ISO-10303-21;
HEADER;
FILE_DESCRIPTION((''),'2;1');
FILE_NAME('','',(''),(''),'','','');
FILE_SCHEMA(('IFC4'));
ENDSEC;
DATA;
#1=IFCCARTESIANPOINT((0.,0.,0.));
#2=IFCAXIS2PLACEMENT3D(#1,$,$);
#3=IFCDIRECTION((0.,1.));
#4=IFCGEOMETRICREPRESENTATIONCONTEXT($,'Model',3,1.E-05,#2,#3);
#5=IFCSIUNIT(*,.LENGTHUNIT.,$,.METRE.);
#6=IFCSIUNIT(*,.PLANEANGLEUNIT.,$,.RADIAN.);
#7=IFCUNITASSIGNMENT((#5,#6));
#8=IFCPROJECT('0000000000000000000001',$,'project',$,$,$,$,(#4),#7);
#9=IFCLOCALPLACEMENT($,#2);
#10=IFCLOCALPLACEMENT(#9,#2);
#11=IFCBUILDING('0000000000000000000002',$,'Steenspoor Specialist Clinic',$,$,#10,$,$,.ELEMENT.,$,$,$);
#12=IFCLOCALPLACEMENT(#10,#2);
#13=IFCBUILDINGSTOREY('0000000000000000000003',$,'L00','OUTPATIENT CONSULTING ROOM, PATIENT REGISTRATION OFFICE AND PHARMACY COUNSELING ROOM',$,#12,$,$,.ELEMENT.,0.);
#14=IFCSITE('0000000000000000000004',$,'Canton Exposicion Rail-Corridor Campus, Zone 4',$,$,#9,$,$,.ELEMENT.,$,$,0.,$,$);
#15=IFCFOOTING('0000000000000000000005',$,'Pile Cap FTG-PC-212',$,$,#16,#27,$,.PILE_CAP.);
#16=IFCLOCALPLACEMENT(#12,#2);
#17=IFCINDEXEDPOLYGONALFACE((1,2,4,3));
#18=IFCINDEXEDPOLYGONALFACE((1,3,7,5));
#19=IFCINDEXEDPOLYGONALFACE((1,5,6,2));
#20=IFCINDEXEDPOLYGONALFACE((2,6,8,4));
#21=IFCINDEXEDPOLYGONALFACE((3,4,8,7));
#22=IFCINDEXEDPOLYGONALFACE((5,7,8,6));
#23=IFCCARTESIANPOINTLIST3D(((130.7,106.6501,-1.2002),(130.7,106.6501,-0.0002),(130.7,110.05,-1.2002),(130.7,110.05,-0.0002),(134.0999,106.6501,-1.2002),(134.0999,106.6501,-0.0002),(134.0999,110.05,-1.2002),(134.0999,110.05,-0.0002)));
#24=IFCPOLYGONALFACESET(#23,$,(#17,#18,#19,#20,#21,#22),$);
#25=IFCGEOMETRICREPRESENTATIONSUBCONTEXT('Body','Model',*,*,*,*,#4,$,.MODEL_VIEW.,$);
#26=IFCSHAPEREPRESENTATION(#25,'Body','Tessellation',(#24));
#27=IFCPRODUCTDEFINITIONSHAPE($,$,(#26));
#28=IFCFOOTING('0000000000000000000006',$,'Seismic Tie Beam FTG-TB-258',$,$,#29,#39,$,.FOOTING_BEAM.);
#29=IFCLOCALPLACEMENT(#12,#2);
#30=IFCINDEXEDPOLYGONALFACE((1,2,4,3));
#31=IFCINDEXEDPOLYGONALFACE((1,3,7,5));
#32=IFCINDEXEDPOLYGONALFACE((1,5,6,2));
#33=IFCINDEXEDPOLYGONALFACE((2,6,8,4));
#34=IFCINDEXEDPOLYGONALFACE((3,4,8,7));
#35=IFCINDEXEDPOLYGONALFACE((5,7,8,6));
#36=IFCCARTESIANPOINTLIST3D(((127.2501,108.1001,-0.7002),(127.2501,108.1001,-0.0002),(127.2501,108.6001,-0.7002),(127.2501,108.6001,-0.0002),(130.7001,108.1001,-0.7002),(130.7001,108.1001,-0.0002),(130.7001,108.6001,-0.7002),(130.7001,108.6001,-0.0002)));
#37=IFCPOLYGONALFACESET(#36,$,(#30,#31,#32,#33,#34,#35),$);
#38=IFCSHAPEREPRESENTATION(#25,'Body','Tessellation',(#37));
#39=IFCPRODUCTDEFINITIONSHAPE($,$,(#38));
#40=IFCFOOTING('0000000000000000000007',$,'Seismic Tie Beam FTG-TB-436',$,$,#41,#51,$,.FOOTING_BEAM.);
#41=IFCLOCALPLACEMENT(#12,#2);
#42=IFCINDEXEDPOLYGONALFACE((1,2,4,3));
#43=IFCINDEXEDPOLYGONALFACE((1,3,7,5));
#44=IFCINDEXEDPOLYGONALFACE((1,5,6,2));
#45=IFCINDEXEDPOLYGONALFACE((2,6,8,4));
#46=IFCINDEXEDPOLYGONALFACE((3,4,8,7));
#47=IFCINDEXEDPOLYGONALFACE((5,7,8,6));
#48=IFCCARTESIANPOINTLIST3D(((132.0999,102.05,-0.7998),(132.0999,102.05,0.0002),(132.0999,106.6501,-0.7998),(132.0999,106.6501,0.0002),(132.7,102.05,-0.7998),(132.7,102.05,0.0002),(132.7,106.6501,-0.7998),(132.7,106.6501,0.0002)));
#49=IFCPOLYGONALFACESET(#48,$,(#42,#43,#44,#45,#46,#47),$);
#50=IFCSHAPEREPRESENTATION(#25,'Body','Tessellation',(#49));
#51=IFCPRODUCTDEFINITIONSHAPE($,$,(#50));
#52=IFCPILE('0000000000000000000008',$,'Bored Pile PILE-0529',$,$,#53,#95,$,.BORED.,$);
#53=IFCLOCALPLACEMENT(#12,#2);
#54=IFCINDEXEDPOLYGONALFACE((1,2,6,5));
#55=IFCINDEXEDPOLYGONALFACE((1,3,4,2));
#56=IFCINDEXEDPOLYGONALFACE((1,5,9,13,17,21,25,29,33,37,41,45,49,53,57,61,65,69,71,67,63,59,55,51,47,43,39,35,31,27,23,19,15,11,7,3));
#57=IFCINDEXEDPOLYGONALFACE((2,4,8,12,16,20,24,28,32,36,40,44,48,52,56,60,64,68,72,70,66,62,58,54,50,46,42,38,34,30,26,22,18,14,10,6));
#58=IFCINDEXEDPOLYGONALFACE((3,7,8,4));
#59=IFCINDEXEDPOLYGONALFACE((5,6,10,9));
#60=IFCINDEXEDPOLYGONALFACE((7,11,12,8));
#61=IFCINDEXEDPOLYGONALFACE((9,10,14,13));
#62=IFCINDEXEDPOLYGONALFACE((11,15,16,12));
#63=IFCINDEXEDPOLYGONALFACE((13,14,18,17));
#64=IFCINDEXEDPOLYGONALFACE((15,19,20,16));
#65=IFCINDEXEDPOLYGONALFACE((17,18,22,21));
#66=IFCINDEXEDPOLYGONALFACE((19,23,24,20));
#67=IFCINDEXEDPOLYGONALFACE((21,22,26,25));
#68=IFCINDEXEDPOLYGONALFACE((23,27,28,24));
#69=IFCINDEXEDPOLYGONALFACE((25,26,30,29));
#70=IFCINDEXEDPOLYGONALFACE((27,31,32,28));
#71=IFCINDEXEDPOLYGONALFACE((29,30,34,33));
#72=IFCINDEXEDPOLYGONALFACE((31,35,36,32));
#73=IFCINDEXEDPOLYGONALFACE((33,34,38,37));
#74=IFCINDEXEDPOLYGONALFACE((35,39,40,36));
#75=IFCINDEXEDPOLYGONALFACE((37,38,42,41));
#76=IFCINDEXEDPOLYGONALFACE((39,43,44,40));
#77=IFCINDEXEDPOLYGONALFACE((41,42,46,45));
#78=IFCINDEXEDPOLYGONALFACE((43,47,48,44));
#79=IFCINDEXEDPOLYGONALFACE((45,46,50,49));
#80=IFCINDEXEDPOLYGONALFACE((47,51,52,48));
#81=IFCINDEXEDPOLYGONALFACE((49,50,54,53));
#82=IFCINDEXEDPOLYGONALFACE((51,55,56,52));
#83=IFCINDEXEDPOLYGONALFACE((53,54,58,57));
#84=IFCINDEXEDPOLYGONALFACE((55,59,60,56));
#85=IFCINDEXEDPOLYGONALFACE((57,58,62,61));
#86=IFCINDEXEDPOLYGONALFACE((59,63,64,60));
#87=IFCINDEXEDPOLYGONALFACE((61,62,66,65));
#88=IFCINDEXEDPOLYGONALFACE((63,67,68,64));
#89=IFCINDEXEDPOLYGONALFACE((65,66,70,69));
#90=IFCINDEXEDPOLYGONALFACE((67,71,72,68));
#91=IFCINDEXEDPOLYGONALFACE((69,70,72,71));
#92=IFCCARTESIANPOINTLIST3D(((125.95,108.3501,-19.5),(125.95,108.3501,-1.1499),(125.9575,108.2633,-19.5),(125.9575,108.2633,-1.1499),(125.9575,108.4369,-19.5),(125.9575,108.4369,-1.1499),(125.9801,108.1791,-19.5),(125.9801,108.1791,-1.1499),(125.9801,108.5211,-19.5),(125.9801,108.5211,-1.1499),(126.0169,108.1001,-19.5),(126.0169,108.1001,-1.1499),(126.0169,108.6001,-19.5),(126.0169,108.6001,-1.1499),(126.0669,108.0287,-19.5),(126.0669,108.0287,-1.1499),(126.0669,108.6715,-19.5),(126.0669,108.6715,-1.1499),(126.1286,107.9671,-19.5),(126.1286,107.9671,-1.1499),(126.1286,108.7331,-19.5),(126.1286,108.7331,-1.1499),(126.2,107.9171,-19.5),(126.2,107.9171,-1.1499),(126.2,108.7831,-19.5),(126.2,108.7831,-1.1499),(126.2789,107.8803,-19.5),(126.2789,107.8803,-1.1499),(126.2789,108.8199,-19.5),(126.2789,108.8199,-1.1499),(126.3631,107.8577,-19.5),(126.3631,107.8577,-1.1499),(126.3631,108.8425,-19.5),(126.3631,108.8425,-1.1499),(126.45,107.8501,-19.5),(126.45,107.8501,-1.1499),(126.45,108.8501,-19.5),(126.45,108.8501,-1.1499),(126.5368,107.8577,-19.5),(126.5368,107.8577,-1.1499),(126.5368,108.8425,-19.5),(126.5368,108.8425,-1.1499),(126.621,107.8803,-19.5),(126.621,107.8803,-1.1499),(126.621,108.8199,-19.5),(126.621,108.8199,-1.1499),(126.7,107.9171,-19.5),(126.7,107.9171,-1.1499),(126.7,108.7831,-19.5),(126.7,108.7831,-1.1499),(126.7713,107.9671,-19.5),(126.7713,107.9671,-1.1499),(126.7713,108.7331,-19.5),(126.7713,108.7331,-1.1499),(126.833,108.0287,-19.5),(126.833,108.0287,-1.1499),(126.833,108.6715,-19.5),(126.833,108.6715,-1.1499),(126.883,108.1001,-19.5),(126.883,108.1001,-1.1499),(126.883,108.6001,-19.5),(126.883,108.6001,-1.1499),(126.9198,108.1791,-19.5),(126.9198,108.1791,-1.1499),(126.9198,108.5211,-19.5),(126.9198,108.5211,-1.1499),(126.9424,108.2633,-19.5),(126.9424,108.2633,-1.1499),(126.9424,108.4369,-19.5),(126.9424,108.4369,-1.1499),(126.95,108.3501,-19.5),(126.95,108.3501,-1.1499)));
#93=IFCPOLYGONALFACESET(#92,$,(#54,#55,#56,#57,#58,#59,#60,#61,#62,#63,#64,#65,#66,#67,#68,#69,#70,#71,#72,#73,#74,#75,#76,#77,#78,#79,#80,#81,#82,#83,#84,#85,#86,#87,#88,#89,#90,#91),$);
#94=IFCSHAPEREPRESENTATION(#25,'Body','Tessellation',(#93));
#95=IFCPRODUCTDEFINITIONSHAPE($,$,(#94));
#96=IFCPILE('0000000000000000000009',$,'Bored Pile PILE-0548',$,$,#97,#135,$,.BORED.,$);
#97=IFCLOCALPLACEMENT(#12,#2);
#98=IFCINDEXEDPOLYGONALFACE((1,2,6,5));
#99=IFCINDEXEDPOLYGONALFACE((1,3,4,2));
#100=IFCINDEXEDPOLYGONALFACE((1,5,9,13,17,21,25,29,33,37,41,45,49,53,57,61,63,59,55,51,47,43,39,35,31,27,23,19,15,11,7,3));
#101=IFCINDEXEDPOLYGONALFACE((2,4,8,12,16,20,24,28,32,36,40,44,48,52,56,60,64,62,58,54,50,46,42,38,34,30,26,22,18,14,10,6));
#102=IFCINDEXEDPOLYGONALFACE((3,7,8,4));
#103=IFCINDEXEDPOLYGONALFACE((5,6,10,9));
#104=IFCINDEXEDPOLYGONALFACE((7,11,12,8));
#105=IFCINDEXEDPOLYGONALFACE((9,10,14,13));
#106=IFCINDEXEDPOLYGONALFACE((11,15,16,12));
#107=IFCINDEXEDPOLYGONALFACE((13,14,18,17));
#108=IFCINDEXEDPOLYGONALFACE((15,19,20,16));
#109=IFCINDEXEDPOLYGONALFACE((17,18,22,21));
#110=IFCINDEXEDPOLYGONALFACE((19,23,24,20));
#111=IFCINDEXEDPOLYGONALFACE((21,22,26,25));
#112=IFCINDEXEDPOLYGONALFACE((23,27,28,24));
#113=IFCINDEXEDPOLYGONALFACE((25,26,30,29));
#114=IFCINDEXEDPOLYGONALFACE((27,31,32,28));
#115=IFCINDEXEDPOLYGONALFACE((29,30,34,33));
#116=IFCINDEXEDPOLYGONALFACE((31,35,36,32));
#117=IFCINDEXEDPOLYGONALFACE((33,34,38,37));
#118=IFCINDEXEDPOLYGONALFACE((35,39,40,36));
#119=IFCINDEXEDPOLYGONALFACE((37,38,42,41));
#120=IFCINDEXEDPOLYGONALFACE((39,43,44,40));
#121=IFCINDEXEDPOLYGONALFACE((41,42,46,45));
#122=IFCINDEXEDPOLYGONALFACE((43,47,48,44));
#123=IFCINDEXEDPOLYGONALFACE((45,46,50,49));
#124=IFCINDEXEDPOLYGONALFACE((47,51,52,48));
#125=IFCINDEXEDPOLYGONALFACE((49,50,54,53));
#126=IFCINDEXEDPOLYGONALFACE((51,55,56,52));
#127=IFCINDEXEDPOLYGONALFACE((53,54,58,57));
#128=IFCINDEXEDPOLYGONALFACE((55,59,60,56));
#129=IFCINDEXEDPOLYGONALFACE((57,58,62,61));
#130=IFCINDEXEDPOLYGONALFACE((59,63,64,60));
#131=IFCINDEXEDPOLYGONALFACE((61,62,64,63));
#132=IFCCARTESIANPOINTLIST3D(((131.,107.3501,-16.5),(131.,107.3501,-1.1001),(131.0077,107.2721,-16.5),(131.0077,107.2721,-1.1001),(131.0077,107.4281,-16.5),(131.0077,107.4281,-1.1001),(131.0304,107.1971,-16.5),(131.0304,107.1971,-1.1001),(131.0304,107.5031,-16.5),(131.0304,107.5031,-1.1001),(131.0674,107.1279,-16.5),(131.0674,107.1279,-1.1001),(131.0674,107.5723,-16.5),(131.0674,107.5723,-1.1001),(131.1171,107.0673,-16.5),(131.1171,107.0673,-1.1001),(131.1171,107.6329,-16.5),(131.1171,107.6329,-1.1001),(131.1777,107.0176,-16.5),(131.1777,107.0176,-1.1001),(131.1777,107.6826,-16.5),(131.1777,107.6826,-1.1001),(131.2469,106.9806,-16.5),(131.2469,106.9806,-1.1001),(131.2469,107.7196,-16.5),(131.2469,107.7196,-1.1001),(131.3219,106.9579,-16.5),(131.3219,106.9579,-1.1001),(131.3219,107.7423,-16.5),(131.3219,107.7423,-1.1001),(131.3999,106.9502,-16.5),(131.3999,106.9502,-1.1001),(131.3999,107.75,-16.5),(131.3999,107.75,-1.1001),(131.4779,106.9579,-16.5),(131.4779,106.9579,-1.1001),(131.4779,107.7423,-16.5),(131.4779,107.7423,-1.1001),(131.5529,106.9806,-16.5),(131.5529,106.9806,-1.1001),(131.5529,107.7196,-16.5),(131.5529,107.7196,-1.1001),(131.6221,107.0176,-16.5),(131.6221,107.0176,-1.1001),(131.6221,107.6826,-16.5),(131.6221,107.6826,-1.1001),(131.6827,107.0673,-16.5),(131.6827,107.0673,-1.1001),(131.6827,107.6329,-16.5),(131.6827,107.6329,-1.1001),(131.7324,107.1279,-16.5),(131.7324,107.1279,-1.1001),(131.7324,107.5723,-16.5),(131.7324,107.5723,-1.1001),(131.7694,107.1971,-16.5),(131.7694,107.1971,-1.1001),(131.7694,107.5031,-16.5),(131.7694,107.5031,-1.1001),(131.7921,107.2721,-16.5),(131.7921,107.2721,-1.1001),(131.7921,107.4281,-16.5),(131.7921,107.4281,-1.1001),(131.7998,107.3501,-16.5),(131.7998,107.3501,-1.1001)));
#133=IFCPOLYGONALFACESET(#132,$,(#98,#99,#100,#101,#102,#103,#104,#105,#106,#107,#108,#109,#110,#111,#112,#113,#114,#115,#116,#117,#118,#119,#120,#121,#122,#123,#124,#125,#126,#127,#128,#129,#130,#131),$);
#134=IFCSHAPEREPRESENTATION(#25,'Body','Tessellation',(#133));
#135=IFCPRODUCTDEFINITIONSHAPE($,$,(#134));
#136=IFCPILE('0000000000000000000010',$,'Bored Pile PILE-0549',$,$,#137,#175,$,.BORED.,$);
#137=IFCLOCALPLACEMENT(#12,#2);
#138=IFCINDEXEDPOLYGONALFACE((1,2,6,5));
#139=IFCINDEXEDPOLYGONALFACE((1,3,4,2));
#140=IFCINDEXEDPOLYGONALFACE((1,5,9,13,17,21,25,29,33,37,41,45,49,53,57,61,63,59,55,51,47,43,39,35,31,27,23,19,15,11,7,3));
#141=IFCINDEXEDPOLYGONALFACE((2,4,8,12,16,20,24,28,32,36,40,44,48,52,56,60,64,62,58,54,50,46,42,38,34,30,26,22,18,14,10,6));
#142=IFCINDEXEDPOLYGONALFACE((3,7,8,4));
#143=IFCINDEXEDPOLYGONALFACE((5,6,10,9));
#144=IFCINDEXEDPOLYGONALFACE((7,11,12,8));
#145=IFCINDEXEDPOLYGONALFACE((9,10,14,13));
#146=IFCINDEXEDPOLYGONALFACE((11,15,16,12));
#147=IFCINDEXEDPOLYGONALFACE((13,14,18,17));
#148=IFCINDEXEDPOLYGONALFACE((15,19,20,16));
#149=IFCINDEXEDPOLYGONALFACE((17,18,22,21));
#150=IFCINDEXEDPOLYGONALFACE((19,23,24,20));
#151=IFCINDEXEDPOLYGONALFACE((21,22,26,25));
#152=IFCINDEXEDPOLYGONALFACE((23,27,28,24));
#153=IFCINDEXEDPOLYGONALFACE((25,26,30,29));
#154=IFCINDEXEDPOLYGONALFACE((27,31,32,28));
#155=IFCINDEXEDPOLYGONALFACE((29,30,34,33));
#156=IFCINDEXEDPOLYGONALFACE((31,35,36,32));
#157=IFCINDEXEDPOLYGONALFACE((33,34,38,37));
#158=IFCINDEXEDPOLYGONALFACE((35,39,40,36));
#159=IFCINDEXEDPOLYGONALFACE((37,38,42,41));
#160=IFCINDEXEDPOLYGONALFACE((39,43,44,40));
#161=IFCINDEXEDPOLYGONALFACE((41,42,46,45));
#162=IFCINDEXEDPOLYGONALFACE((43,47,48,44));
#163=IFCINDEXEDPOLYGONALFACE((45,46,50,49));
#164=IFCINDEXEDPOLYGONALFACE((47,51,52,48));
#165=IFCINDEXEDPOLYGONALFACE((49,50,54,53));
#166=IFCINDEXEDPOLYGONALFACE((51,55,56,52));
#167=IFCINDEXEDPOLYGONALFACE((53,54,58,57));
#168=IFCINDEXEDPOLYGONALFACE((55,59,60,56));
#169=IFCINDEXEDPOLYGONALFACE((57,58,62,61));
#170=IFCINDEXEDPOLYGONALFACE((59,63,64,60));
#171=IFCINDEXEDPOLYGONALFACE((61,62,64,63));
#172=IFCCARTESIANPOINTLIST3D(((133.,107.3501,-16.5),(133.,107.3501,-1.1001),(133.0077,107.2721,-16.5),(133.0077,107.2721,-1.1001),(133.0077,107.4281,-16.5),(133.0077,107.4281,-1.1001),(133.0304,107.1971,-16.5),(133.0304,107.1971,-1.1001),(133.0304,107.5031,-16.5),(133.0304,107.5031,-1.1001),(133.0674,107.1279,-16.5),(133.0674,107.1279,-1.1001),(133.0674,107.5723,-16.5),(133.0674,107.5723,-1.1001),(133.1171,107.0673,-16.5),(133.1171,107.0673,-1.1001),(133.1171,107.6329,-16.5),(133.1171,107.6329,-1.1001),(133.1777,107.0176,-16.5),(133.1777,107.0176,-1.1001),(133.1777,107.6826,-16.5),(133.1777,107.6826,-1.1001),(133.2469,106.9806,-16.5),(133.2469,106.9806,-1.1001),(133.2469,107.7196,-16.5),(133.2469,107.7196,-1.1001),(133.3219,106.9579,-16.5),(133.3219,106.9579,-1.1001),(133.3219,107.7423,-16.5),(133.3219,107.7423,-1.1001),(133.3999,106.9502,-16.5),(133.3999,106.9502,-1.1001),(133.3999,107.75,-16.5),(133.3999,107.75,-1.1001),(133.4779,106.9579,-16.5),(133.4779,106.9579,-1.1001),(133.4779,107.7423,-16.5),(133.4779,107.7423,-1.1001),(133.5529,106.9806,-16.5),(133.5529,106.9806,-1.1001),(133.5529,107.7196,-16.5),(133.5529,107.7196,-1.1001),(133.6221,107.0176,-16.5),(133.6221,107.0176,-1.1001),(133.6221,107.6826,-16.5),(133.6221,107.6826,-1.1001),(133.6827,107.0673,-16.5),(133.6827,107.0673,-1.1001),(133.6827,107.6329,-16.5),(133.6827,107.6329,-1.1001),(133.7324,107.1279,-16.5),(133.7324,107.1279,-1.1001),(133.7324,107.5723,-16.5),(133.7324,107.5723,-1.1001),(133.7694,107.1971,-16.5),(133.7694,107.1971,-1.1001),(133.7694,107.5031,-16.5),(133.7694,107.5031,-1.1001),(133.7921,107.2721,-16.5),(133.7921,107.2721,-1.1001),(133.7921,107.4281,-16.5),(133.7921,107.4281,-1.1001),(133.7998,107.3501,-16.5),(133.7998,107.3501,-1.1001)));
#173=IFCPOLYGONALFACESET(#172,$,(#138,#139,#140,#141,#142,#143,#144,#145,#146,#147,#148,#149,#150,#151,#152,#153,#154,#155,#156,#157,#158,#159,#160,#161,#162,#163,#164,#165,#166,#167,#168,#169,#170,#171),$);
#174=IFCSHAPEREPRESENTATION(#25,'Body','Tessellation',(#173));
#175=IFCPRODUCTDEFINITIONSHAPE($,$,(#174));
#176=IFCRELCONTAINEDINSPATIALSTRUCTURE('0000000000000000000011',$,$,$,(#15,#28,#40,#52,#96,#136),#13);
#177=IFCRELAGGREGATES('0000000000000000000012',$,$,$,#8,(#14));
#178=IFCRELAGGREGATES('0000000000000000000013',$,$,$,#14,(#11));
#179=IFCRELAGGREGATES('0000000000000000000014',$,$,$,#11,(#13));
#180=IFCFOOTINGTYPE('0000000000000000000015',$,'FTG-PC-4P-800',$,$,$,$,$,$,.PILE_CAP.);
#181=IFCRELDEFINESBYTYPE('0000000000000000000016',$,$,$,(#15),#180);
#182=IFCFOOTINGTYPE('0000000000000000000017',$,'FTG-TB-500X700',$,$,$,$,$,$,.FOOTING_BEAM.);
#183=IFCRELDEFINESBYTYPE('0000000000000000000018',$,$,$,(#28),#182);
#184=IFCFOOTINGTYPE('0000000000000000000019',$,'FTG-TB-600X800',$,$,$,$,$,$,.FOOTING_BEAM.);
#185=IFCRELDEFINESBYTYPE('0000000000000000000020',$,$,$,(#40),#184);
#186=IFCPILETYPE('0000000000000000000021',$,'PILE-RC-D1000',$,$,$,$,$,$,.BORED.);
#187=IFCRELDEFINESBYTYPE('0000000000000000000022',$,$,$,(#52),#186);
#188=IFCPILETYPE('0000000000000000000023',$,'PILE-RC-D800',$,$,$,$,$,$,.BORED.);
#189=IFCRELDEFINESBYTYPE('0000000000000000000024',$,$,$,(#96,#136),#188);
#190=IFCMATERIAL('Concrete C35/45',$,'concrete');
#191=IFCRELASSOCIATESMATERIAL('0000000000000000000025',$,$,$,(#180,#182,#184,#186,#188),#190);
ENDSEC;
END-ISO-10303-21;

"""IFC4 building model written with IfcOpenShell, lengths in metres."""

from ifc_helpers import new_model, si_unit, direction, frame, origin, origin_2d, place, context, subcontext, project, spatial, rectangle, circle, extrude, material, material_profile, profile_set, type_object, element, save


model = new_model("IFC4")

# Units and contexts
model_context = context("Model", 3, precision=1e-05, world=origin(), true_north=direction((0.0, 1.0)))
body_context = subcontext(model_context, "Body", "Model", "MODEL_VIEW")
ifc_project = project(units=[si_unit("LENGTHUNIT", "METRE"), si_unit("PLANEANGLEUNIT", "RADIAN")], contexts=[model_context])

# Site, building, storey
site_placement = place(None, origin())
site = spatial("IfcSite", under=ifc_project, at=site_placement, Name="Canton Exposicion Rail-Corridor Campus, Zone 4", CompositionType="ELEMENT", RefElevation=0.0)
building_placement = place(site_placement, origin())
building = spatial("IfcBuilding", under=site, at=building_placement, Name="Steenspoor Specialist Clinic", CompositionType="ELEMENT")
storey_placement = place(building_placement, origin())
storey = spatial("IfcBuildingStorey", under=building, at=storey_placement, Name="L00", Description="OUTPATIENT CONSULTING ROOM, PATIENT REGISTRATION OFFICE AND PHARMACY COUNSELING ROOM", CompositionType="ELEMENT", Elevation=0.0)

# Footings
ifc_material_1 = material(Name="Concrete C35/45", Category="concrete")
footing_type_1 = type_object("IfcFootingType", Name="FTG-PC-4P-800", PredefinedType="PILE_CAP", material=ifc_material_1)
footing_1_placement = place(storey_placement, frame((132.3999, 108.3501, -1.2002), z_axis=(0.0, 0.0, 1.0), x_axis=(1.0, 0.0, 0.0)))
element("IfcFooting", 1, at=footing_1_placement, inside=storey, type_object=footing_type_1, Name="Pile Cap FTG-PC-212", PredefinedType="PILE_CAP", context=body_context, shape_type="SweptSolid", body=[
    extrude(rectangle(XDim=3.3999, YDim=3.3999, at=origin_2d()), origin(), (0.0, 0.0, 1.0), 1.2),
])
footing_type_2 = type_object("IfcFootingType", Name="FTG-TB-500X700", PredefinedType="FOOTING_BEAM", material=ifc_material_1)
footing_2_placement = place(storey_placement, frame((128.9751, 108.3501, -0.7002), z_axis=(0.0, 0.0, 1.0), x_axis=(1.0, 0.0, 0.0)))
element("IfcFooting", 2, at=footing_2_placement, inside=storey, type_object=footing_type_2, Name="Seismic Tie Beam FTG-TB-258", PredefinedType="FOOTING_BEAM", context=body_context, shape_type="SweptSolid", body=[
    extrude(rectangle(XDim=3.45, YDim=0.5, at=origin_2d()), origin(), (0.0, 0.0, 1.0), 0.7),
])
footing_type_3 = type_object("IfcFootingType", Name="FTG-TB-600X800", PredefinedType="FOOTING_BEAM", material=ifc_material_1)
footing_3_placement = place(storey_placement, frame((132.3999, 104.3501, -0.7998), z_axis=(0.0, 0.0, 1.0), x_axis=(1.0, 0.0, 0.0)))
element("IfcFooting", 3, at=footing_3_placement, inside=storey, type_object=footing_type_3, Name="Seismic Tie Beam FTG-TB-436", PredefinedType="FOOTING_BEAM", context=body_context, shape_type="SweptSolid", body=[
    extrude(rectangle(XDim=0.6001, YDim=4.6001, at=origin_2d()), origin(), (0.0, 0.0, 1.0), 0.8),
])

# Piles
ifc_material_profile_1 = material_profile(ifc_material_1, circle(Radius=0.5, at=origin_2d()), Name="PILE-D1000")
ifc_profile_set_1 = profile_set([ifc_material_profile_1], Name="Concrete C35/45")
pile_type_1 = type_object("IfcPileType", Name="PILE-RC-D1000", PredefinedType="BORED", material=ifc_profile_set_1)
pile_placement = place(storey_placement, frame((126.45, 108.3501, -1.1499), z_axis=(0.0, 0.0, -1.0), x_axis=(1.0, 0.0, 0.0)))
element("IfcPile", 4, at=pile_placement, inside=storey, type_object=pile_type_1, Name="Bored Pile PILE-0529", PredefinedType="BORED", context=body_context, shape_type="SweptSolid", body=[
    extrude(circle(Radius=0.5, at=origin_2d()), origin(), (0.0, 0.0, 1.0), 18.3501),
])
ifc_material_profile_2 = material_profile(ifc_material_1, circle(Radius=0.3999, at=origin_2d()), Name="PILE-D800")
ifc_profile_set_2 = profile_set([ifc_material_profile_2], Name="Concrete C35/45")
pile_type_2 = type_object("IfcPileType", Name="PILE-RC-D800", PredefinedType="BORED", material=ifc_profile_set_2)
for number, where, z_axis, x_axis, name in (
    (5, (131.3999, 107.3501, -1.1001), (0.0, 0.0, -1.0), (1.0, 0.0, 0.0), "Bored Pile PILE-0548"),
    (6, (133.3999, 107.3501, -1.1001), (0.0, 0.0, -1.0), (1.0, 0.0, 0.0), "Bored Pile PILE-0549"),
):
    element("IfcPile", number, at=place(storey_placement, frame(where, z_axis=z_axis, x_axis=x_axis)), inside=storey, type_object=pile_type_2, Name=name, PredefinedType="BORED", context=body_context, shape_type="SweptSolid", body=[
        extrude(circle(Radius=0.3999, at=origin_2d()), origin(), (0.0, 0.0, 1.0), 15.3999),
    ])

save(model, "model.ifc")
